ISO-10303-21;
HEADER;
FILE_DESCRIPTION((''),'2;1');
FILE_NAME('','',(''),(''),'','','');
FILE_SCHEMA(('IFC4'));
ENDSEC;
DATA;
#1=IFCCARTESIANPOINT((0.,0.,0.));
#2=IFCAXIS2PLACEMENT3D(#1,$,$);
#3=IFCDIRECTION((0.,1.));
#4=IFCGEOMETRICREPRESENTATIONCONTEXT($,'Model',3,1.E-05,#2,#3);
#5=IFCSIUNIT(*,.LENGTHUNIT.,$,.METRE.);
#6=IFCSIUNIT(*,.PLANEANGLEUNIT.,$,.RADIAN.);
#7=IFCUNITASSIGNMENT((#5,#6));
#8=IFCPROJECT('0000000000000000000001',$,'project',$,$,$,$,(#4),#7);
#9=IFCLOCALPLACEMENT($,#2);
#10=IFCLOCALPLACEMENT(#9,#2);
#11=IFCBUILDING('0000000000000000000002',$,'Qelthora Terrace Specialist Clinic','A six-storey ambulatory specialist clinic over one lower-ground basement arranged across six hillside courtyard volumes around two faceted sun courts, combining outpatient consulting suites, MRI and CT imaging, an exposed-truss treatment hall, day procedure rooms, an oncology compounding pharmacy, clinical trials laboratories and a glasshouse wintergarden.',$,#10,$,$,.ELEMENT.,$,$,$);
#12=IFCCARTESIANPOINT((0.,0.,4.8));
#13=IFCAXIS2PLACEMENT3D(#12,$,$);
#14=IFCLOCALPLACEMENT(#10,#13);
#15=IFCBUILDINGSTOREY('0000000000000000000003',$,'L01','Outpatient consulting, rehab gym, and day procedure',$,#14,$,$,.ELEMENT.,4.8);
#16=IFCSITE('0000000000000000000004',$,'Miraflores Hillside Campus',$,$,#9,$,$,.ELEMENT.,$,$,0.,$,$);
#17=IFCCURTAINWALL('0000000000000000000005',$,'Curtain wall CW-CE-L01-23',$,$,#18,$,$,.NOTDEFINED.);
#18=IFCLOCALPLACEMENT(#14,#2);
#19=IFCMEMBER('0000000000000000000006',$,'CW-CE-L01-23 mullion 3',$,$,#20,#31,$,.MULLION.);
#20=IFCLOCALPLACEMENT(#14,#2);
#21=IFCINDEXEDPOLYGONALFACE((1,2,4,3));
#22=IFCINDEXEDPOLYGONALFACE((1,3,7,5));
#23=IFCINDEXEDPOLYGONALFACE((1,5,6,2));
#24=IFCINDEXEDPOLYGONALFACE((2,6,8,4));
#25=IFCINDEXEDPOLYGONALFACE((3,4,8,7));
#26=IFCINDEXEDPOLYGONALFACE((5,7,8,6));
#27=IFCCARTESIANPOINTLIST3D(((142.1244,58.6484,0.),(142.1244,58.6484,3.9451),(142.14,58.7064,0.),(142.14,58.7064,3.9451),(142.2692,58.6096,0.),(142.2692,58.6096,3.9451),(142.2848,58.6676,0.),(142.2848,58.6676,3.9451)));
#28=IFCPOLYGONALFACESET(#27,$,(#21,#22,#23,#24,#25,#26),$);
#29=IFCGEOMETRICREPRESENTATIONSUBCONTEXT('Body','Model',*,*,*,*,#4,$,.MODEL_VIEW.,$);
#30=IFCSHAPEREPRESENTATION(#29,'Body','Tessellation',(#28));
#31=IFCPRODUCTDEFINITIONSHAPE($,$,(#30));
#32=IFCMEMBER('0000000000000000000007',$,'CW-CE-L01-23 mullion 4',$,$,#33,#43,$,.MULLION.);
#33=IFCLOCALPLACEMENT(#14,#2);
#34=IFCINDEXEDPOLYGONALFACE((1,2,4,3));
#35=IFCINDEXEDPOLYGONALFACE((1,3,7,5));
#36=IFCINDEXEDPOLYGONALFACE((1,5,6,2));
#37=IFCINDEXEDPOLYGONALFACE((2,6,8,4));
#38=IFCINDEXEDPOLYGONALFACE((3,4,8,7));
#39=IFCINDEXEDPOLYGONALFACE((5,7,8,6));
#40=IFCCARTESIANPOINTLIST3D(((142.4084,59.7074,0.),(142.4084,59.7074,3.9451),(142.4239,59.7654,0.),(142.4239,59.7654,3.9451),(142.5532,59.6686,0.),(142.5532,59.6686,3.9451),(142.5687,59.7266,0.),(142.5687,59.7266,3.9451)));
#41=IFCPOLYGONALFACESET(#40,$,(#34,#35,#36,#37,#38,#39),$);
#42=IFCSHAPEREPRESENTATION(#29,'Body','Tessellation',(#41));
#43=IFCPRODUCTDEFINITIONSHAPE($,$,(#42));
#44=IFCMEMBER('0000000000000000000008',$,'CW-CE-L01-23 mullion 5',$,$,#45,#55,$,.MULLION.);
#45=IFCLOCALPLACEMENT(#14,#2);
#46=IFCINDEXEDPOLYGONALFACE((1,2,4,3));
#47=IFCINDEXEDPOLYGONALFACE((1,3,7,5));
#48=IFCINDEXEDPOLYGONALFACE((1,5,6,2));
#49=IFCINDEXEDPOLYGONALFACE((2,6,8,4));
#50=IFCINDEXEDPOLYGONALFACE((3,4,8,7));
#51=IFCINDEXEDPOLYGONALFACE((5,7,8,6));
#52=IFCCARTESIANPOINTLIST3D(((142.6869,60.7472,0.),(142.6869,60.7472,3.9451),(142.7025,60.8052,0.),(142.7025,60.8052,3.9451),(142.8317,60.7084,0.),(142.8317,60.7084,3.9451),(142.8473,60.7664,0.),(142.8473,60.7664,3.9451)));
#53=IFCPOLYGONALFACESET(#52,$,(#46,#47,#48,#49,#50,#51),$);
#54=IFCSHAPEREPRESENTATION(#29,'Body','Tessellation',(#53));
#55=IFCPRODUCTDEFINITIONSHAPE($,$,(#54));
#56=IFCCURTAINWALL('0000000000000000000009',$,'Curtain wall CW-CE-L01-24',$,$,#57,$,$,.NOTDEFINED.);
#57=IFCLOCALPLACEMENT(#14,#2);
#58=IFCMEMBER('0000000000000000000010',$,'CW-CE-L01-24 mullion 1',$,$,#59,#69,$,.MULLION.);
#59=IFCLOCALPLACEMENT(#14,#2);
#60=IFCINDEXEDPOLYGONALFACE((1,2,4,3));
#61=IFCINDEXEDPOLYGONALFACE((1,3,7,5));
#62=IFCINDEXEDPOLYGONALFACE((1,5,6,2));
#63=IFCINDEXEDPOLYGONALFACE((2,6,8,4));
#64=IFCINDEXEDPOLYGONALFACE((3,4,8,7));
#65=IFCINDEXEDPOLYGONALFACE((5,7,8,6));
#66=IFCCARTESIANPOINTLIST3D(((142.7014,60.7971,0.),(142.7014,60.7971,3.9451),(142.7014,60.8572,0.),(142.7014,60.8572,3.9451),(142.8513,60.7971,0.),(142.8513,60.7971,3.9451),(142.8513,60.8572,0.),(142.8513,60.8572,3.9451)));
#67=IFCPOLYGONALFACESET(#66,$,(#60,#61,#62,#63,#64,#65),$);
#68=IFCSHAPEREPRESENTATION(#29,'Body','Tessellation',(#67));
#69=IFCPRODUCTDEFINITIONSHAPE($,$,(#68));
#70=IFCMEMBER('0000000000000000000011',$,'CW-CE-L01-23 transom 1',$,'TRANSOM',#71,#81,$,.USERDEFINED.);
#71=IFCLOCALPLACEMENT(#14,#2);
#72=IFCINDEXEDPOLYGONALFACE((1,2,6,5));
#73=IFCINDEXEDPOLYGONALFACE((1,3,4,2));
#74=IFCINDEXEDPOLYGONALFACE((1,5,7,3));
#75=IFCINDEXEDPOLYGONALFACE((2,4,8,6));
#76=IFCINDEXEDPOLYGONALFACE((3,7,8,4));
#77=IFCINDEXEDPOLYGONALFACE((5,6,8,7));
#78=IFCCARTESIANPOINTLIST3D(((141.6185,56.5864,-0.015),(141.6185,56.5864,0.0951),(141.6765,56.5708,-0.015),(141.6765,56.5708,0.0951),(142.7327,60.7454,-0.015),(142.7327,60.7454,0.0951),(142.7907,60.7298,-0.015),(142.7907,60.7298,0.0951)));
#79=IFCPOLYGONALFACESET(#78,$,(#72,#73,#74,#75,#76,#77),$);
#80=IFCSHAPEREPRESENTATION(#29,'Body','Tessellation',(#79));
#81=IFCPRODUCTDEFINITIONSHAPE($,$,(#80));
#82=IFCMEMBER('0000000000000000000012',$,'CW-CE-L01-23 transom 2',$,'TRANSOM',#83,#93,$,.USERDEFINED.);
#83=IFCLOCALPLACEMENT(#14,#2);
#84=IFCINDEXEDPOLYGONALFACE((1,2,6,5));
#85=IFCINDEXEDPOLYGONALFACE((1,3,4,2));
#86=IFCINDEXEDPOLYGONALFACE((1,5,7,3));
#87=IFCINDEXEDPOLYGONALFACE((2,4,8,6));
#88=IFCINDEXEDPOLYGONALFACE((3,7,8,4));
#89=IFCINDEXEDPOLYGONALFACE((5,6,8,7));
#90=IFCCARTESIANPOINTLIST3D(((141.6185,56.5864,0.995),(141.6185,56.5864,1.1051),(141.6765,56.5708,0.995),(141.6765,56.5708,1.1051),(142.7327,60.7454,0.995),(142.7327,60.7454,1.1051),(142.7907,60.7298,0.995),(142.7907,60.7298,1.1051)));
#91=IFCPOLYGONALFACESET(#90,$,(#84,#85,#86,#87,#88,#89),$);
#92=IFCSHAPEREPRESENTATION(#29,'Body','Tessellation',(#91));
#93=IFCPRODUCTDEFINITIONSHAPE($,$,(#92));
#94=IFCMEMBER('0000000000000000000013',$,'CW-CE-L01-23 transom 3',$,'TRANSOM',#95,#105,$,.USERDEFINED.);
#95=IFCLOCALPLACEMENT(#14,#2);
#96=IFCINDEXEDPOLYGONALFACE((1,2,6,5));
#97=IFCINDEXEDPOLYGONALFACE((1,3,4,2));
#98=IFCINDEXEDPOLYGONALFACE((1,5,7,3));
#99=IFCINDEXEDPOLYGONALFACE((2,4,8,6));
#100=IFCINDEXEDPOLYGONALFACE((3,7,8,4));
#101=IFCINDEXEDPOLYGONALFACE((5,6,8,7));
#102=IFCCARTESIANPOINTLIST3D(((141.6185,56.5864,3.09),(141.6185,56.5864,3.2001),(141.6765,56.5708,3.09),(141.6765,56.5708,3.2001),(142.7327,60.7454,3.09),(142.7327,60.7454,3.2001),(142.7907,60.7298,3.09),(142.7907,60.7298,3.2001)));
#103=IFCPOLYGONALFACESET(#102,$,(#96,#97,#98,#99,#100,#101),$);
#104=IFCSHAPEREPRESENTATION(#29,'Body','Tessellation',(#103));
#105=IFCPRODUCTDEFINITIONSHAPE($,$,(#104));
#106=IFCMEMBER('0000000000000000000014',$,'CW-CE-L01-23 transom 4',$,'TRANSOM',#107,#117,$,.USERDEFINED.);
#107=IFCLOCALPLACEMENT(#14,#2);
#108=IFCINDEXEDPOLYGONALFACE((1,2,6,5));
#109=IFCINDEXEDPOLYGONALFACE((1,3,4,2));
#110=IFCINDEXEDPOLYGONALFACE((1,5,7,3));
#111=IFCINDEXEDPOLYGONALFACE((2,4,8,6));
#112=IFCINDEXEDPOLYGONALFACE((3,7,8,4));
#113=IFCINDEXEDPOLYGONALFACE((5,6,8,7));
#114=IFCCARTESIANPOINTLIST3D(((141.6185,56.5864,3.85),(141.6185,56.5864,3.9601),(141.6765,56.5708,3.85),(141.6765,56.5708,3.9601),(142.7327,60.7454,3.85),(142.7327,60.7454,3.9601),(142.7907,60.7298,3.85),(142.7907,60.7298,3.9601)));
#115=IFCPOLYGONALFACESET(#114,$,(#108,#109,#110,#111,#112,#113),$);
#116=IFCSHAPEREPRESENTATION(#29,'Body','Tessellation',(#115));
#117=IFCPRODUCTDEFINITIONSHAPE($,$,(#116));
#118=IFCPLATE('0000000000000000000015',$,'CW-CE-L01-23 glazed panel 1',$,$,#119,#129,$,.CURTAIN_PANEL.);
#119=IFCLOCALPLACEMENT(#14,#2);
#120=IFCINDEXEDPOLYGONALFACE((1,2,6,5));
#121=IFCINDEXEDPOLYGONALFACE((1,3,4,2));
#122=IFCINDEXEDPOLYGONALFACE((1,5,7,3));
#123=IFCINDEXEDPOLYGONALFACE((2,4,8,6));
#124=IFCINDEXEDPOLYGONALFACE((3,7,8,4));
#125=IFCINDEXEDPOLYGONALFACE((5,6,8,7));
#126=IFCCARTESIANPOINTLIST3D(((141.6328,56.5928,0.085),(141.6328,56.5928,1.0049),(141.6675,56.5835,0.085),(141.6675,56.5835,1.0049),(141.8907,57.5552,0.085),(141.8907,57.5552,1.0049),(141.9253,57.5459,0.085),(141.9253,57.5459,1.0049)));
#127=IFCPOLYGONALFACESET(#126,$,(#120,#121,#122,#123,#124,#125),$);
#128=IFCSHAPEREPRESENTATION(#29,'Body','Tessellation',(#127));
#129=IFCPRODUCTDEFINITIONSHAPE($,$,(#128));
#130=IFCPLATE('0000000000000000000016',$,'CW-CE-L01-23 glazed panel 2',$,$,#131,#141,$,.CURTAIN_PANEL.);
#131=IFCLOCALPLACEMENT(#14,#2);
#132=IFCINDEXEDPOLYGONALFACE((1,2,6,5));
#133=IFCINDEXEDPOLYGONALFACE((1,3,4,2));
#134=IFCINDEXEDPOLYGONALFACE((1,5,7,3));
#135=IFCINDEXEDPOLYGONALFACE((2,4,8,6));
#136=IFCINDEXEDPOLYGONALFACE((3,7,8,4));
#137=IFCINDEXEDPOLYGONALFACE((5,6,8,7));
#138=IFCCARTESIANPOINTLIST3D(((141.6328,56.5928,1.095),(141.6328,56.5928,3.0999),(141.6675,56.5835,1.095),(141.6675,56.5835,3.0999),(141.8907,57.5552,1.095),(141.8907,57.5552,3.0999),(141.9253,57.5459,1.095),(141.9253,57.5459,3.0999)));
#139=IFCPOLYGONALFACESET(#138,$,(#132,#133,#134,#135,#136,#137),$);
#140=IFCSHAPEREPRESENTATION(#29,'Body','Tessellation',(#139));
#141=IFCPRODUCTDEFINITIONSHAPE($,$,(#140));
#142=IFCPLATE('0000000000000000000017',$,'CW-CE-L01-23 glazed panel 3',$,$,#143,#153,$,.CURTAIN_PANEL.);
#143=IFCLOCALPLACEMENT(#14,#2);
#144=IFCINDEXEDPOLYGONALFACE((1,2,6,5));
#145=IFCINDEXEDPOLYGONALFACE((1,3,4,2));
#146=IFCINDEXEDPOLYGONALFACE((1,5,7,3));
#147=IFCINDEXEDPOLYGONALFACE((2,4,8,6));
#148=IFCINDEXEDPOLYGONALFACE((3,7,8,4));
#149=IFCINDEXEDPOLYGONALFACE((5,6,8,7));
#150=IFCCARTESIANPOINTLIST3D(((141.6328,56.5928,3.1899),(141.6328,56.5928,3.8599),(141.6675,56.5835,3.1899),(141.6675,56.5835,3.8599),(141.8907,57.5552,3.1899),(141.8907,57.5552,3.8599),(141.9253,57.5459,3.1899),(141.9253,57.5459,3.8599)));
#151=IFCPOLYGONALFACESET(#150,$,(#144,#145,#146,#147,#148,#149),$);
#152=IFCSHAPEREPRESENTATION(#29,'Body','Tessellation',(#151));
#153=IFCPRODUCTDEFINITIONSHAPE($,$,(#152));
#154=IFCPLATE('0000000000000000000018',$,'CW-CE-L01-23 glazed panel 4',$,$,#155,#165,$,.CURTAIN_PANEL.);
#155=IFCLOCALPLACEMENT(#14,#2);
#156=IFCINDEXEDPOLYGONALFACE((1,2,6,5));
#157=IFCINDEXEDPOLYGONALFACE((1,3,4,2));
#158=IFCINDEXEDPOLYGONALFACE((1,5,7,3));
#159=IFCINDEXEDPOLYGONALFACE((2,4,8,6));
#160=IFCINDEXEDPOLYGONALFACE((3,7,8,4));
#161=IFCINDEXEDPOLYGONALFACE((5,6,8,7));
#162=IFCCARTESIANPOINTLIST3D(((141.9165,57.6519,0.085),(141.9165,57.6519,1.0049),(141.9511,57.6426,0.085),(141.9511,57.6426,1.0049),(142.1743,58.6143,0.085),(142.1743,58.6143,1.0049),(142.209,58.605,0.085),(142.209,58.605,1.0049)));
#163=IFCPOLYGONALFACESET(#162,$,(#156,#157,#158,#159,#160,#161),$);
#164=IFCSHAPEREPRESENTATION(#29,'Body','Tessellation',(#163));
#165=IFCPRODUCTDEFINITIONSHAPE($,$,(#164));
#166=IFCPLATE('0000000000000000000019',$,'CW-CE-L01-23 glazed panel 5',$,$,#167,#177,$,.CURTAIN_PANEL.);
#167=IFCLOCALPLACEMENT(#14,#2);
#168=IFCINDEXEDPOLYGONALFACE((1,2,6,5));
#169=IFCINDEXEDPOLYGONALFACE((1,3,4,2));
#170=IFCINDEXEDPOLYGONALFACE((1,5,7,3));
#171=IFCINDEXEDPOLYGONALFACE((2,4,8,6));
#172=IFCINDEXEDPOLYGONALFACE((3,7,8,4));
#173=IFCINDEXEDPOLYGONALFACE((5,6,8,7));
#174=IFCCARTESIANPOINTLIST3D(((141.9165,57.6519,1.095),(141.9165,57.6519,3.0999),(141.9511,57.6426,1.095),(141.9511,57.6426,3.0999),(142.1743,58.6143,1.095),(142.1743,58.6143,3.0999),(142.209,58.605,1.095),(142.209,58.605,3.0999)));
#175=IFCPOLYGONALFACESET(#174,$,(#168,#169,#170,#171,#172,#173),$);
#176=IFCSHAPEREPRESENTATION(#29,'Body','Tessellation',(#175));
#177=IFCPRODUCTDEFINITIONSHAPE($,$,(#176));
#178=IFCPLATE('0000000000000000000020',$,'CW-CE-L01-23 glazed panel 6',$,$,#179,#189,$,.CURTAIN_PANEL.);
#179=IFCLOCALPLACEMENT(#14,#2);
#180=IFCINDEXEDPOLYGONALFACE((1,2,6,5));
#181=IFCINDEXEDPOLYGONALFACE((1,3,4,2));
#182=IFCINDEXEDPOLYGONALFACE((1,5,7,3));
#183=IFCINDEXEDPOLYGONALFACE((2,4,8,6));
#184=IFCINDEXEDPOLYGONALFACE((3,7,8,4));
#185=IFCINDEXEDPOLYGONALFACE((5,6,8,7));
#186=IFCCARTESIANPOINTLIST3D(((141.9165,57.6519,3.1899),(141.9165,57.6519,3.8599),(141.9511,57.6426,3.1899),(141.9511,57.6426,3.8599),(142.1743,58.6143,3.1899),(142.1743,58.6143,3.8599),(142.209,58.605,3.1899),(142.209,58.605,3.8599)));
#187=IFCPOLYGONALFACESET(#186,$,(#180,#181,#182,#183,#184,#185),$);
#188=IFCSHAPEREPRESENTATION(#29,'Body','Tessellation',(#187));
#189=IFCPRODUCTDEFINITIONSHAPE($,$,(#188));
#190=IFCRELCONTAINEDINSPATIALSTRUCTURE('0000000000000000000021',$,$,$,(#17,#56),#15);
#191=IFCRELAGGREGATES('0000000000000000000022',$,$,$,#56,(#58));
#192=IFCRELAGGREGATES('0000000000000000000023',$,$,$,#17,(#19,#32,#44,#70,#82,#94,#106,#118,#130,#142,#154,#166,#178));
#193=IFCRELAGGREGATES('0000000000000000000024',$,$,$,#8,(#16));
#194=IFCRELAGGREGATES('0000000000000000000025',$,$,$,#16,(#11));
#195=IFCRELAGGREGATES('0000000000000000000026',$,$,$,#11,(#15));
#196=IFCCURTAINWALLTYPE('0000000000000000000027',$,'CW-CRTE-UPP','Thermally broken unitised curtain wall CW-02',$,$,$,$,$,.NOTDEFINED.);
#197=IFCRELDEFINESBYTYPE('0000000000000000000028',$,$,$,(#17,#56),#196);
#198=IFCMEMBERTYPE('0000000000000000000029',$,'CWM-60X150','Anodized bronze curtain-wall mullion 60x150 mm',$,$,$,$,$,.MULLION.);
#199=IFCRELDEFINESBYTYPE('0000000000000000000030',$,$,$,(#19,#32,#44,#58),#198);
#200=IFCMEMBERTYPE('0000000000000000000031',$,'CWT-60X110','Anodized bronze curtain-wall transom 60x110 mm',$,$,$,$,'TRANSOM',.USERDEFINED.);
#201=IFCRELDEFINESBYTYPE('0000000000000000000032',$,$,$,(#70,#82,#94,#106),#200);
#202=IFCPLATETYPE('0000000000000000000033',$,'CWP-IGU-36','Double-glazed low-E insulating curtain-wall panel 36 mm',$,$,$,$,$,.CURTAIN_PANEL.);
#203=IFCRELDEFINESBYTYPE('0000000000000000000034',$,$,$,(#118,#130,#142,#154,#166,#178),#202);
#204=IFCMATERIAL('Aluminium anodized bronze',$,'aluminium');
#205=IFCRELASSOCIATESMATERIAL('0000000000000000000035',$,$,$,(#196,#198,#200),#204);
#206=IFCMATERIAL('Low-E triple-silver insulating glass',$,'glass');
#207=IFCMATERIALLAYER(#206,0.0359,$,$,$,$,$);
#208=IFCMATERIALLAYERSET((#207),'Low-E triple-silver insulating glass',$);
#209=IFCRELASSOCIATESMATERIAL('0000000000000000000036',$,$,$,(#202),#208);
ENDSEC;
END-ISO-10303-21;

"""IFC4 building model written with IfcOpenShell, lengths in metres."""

from ifc_helpers import new_model, si_unit, direction, frame, origin, origin_2d, place, context, subcontext, project, spatial, rectangle, extrude, material, layer, layer_set, material_profile, profile_set, type_object, element, aggregate, save


model = new_model("IFC4")

# Units and contexts
model_context = context("Model", 3, precision=1e-05, world=origin(), true_north=direction((0.0, 1.0)))
body_context = subcontext(model_context, "Body", "Model", "MODEL_VIEW")
ifc_project = project(units=[si_unit("LENGTHUNIT", "METRE"), si_unit("PLANEANGLEUNIT", "RADIAN")], contexts=[model_context])

# Site, building, storey
site_placement = place(None, origin())
site = spatial("IfcSite", under=ifc_project, at=site_placement, Name="Miraflores Hillside Campus", CompositionType="ELEMENT", RefElevation=0.0)
building_placement = place(site_placement, origin())
building = spatial("IfcBuilding", under=site, at=building_placement, Name="Qelthora Terrace Specialist Clinic", Description="A six-storey ambulatory specialist clinic over one lower-ground basement arranged across six hillside courtyard volumes around two faceted sun courts, combining outpatient consulting suites, MRI and CT imaging, an exposed-truss treatment hall, day procedure rooms, an oncology compounding pharmacy, clinical trials laboratories and a glasshouse wintergarden.", CompositionType="ELEMENT")
storey_placement = place(building_placement, frame((0.0, 0.0, 4.8)))
storey = spatial("IfcBuildingStorey", under=building, at=storey_placement, Name="L01", Description="Outpatient consulting, rehab gym, and day procedure", CompositionType="ELEMENT", Elevation=4.8)

# Shared definitions
ifc_material_1 = material(Name="Aluminium anodized bronze", Category="aluminium")
curtain_wall_type = type_object("IfcCurtainWallType", Name="CW-CRTE-UPP", Description="Thermally broken unitised curtain wall CW-02", PredefinedType="NOTDEFINED", material=ifc_material_1)
ifc_material_profile_1 = material_profile(ifc_material_1, rectangle(XDim=0.0601, YDim=0.1499, at=origin_2d()), Name="CWM60X150")
ifc_profile_set_1 = profile_set([ifc_material_profile_1], Name="Aluminium anodized bronze")
member_type_1 = type_object("IfcMemberType", Name="CWM-60X150", Description="Anodized bronze curtain-wall mullion 60x150 mm", PredefinedType="MULLION", material=ifc_profile_set_1)

# Curtain wall, members
curtain_wall_1_placement = place(storey_placement, origin())
curtain_wall_1 = element("IfcCurtainWall", 1, at=curtain_wall_1_placement, inside=storey, type_object=curtain_wall_type, Name="Curtain wall CW-CE-L01-23", PredefinedType="NOTDEFINED")
member_1_placement = place(storey_placement, frame((142.2046, 58.658, 0.0), z_axis=(0.0, 0.0, 1.0), x_axis=(0.25882, 0.965926, 0.0)))
member_1 = element("IfcMember", 2, at=member_1_placement, type_object=member_type_1, Name="CW-CE-L01-23 mullion 3", PredefinedType="MULLION", context=body_context, shape_type="SweptSolid", body=[
    extrude(rectangle(XDim=0.0601, YDim=0.1499, at=origin_2d()), origin(), (0.0, 0.0, 1.0), 3.9451),
])
member_2_placement = place(storey_placement, frame((142.4885, 59.717, 0.0), z_axis=(0.0, 0.0, 1.0), x_axis=(0.25882, 0.965926, 0.0)))
member_2 = element("IfcMember", 3, at=member_2_placement, type_object=member_type_1, Name="CW-CE-L01-23 mullion 4", PredefinedType="MULLION", context=body_context, shape_type="SweptSolid", body=[
    extrude(rectangle(XDim=0.0601, YDim=0.1499, at=origin_2d()), origin(), (0.0, 0.0, 1.0), 3.9451),
])
member_3_placement = place(storey_placement, frame((142.7671, 60.7568, 0.0), z_axis=(0.0, 0.0, 1.0), x_axis=(0.25882, 0.965926, 0.0)))
member_3 = element("IfcMember", 4, at=member_3_placement, type_object=member_type_1, Name="CW-CE-L01-23 mullion 5", PredefinedType="MULLION", context=body_context, shape_type="SweptSolid", body=[
    extrude(rectangle(XDim=0.0601, YDim=0.1499, at=origin_2d()), origin(), (0.0, 0.0, 1.0), 3.9451),
])

# Curtain wall, member
curtain_wall_2_placement = place(storey_placement, origin())
curtain_wall_2 = element("IfcCurtainWall", 5, at=curtain_wall_2_placement, inside=storey, type_object=curtain_wall_type, Name="Curtain wall CW-CE-L01-24", PredefinedType="NOTDEFINED")
member_4_placement = place(storey_placement, frame((142.7764, 60.8271, 0.0), z_axis=(0.0, 0.0, 1.0), x_axis=(0.0, 1.0, 0.0)))
member_4 = element("IfcMember", 6, at=member_4_placement, type_object=member_type_1, Name="CW-CE-L01-24 mullion 1", PredefinedType="MULLION", context=body_context, shape_type="SweptSolid", body=[
    extrude(rectangle(XDim=0.0601, YDim=0.1499, at=origin_2d()), origin(), (0.0, 0.0, 1.0), 3.9451),
])
aggregate(curtain_wall_2, [member_4])

# Members
ifc_material_profile_2 = material_profile(ifc_material_1, rectangle(XDim=0.0601, YDim=0.1101, at=origin_2d()), Name="CWT60X110")
ifc_profile_set_2 = profile_set([ifc_material_profile_2], Name="Aluminium anodized bronze")
member_type_2 = type_object("IfcMemberType", Name="CWT-60X110", Description="Anodized bronze curtain-wall transom 60x110 mm", ElementType="TRANSOM", PredefinedType="USERDEFINED", material=ifc_profile_set_2)
member_5_placement = place(storey_placement, frame((141.6475, 56.5786, 0.04), z_axis=(0.258792, 0.965933, 0.0), x_axis=(-0.965933, 0.258792, 0.0)))
member_5 = element("IfcMember", 7, at=member_5_placement, type_object=member_type_2, Name="CW-CE-L01-23 transom 1", ObjectType="TRANSOM", PredefinedType="USERDEFINED", context=body_context, shape_type="SweptSolid", body=[
    extrude(rectangle(XDim=0.0601, YDim=0.1101, at=origin_2d()), origin(), (0.0, 0.0, 1.0), 4.3057),
])
member_6_placement = place(storey_placement, frame((141.6475, 56.5786, 1.05), z_axis=(0.258792, 0.965933, 0.0), x_axis=(-0.965933, 0.258792, 0.0)))
member_6 = element("IfcMember", 8, at=member_6_placement, type_object=member_type_2, Name="CW-CE-L01-23 transom 2", ObjectType="TRANSOM", PredefinedType="USERDEFINED", context=body_context, shape_type="SweptSolid", body=[
    extrude(rectangle(XDim=0.0601, YDim=0.1101, at=origin_2d()), origin(), (0.0, 0.0, 1.0), 4.3057),
])
member_7_placement = place(storey_placement, frame((141.6475, 56.5786, 3.145), z_axis=(0.258792, 0.965933, 0.0), x_axis=(-0.965933, 0.258792, 0.0)))
member_7 = element("IfcMember", 9, at=member_7_placement, type_object=member_type_2, Name="CW-CE-L01-23 transom 3", ObjectType="TRANSOM", PredefinedType="USERDEFINED", context=body_context, shape_type="SweptSolid", body=[
    extrude(rectangle(XDim=0.0601, YDim=0.1101, at=origin_2d()), origin(), (0.0, 0.0, 1.0), 4.3057),
])
member_8_placement = place(storey_placement, frame((141.6475, 56.5786, 3.905), z_axis=(0.258792, 0.965933, 0.0), x_axis=(-0.965933, 0.258792, 0.0)))
member_8 = element("IfcMember", 10, at=member_8_placement, type_object=member_type_2, Name="CW-CE-L01-23 transom 4", ObjectType="TRANSOM", PredefinedType="USERDEFINED", context=body_context, shape_type="SweptSolid", body=[
    extrude(rectangle(XDim=0.0601, YDim=0.1101, at=origin_2d()), origin(), (0.0, 0.0, 1.0), 4.3057),
])

# Plates
ifc_material_2 = material(Name="Low-E triple-silver insulating glass", Category="glass")
ifc_layer = layer(ifc_material_2, 0.0359)
ifc_layer_set = layer_set([ifc_layer], Name="Low-E triple-silver insulating glass")
plate_type = type_object("IfcPlateType", Name="CWP-IGU-36", Description="Double-glazed low-E insulating curtain-wall panel 36 mm", PredefinedType="CURTAIN_PANEL", material=ifc_layer_set)
plate_1_placement = place(storey_placement, frame((141.7791, 57.0693, 0.085), z_axis=(0.0, 0.0, 1.0), x_axis=(0.258819, 0.965926, 0.0)))
plate_1 = element("IfcPlate", 11, at=plate_1_placement, type_object=plate_type, Name="CW-CE-L01-23 glazed panel 1", PredefinedType="CURTAIN_PANEL", context=body_context, shape_type="SweptSolid", body=[
    extrude(rectangle(XDim=0.9963, YDim=0.0359, at=origin_2d()), origin(), (0.0, 0.0, 1.0), 0.9199),
])
plate_2_placement = place(storey_placement, frame((141.7791, 57.0693, 1.095), z_axis=(0.0, 0.0, 1.0), x_axis=(0.258819, 0.965926, 0.0)))
plate_2 = element("IfcPlate", 12, at=plate_2_placement, type_object=plate_type, Name="CW-CE-L01-23 glazed panel 2", PredefinedType="CURTAIN_PANEL", context=body_context, shape_type="SweptSolid", body=[
    extrude(rectangle(XDim=0.9963, YDim=0.0359, at=origin_2d()), origin(), (0.0, 0.0, 1.0), 2.0049),
])
plate_3_placement = place(storey_placement, frame((141.7791, 57.0693, 3.1899), z_axis=(0.0, 0.0, 1.0), x_axis=(0.258819, 0.965926, 0.0)))
plate_3 = element("IfcPlate", 13, at=plate_3_placement, type_object=plate_type, Name="CW-CE-L01-23 glazed panel 3", PredefinedType="CURTAIN_PANEL", context=body_context, shape_type="SweptSolid", body=[
    extrude(rectangle(XDim=0.9963, YDim=0.0359, at=origin_2d()), origin(), (0.0, 0.0, 1.0), 0.6699),
])
plate_4_placement = place(storey_placement, frame((142.0627, 58.1284, 0.085), z_axis=(0.0, 0.0, 1.0), x_axis=(0.258819, 0.965926, 0.0)))
plate_4 = element("IfcPlate", 14, at=plate_4_placement, type_object=plate_type, Name="CW-CE-L01-23 glazed panel 4", PredefinedType="CURTAIN_PANEL", context=body_context, shape_type="SweptSolid", body=[
    extrude(rectangle(XDim=0.9963, YDim=0.0359, at=origin_2d()), origin(), (0.0, 0.0, 1.0), 0.9199),
])
plate_5_placement = place(storey_placement, frame((142.0627, 58.1284, 1.095), z_axis=(0.0, 0.0, 1.0), x_axis=(0.258819, 0.965926, 0.0)))
plate_5 = element("IfcPlate", 15, at=plate_5_placement, type_object=plate_type, Name="CW-CE-L01-23 glazed panel 5", PredefinedType="CURTAIN_PANEL", context=body_context, shape_type="SweptSolid", body=[
    extrude(rectangle(XDim=0.9963, YDim=0.0359, at=origin_2d()), origin(), (0.0, 0.0, 1.0), 2.0049),
])
plate_6_placement = place(storey_placement, frame((142.0627, 58.1284, 3.1899), z_axis=(0.0, 0.0, 1.0), x_axis=(0.258819, 0.965926, 0.0)))
plate_6 = element("IfcPlate", 16, at=plate_6_placement, type_object=plate_type, Name="CW-CE-L01-23 glazed panel 6", PredefinedType="CURTAIN_PANEL", context=body_context, shape_type="SweptSolid", body=[
    extrude(rectangle(XDim=0.9963, YDim=0.0359, at=origin_2d()), origin(), (0.0, 0.0, 1.0), 0.6699),
])
aggregate(curtain_wall_1, [member_1, member_2, member_3, member_5, member_6, member_7, member_8, plate_1, plate_2, plate_3, plate_4, plate_5, plate_6])

save(model, "model.ifc")
